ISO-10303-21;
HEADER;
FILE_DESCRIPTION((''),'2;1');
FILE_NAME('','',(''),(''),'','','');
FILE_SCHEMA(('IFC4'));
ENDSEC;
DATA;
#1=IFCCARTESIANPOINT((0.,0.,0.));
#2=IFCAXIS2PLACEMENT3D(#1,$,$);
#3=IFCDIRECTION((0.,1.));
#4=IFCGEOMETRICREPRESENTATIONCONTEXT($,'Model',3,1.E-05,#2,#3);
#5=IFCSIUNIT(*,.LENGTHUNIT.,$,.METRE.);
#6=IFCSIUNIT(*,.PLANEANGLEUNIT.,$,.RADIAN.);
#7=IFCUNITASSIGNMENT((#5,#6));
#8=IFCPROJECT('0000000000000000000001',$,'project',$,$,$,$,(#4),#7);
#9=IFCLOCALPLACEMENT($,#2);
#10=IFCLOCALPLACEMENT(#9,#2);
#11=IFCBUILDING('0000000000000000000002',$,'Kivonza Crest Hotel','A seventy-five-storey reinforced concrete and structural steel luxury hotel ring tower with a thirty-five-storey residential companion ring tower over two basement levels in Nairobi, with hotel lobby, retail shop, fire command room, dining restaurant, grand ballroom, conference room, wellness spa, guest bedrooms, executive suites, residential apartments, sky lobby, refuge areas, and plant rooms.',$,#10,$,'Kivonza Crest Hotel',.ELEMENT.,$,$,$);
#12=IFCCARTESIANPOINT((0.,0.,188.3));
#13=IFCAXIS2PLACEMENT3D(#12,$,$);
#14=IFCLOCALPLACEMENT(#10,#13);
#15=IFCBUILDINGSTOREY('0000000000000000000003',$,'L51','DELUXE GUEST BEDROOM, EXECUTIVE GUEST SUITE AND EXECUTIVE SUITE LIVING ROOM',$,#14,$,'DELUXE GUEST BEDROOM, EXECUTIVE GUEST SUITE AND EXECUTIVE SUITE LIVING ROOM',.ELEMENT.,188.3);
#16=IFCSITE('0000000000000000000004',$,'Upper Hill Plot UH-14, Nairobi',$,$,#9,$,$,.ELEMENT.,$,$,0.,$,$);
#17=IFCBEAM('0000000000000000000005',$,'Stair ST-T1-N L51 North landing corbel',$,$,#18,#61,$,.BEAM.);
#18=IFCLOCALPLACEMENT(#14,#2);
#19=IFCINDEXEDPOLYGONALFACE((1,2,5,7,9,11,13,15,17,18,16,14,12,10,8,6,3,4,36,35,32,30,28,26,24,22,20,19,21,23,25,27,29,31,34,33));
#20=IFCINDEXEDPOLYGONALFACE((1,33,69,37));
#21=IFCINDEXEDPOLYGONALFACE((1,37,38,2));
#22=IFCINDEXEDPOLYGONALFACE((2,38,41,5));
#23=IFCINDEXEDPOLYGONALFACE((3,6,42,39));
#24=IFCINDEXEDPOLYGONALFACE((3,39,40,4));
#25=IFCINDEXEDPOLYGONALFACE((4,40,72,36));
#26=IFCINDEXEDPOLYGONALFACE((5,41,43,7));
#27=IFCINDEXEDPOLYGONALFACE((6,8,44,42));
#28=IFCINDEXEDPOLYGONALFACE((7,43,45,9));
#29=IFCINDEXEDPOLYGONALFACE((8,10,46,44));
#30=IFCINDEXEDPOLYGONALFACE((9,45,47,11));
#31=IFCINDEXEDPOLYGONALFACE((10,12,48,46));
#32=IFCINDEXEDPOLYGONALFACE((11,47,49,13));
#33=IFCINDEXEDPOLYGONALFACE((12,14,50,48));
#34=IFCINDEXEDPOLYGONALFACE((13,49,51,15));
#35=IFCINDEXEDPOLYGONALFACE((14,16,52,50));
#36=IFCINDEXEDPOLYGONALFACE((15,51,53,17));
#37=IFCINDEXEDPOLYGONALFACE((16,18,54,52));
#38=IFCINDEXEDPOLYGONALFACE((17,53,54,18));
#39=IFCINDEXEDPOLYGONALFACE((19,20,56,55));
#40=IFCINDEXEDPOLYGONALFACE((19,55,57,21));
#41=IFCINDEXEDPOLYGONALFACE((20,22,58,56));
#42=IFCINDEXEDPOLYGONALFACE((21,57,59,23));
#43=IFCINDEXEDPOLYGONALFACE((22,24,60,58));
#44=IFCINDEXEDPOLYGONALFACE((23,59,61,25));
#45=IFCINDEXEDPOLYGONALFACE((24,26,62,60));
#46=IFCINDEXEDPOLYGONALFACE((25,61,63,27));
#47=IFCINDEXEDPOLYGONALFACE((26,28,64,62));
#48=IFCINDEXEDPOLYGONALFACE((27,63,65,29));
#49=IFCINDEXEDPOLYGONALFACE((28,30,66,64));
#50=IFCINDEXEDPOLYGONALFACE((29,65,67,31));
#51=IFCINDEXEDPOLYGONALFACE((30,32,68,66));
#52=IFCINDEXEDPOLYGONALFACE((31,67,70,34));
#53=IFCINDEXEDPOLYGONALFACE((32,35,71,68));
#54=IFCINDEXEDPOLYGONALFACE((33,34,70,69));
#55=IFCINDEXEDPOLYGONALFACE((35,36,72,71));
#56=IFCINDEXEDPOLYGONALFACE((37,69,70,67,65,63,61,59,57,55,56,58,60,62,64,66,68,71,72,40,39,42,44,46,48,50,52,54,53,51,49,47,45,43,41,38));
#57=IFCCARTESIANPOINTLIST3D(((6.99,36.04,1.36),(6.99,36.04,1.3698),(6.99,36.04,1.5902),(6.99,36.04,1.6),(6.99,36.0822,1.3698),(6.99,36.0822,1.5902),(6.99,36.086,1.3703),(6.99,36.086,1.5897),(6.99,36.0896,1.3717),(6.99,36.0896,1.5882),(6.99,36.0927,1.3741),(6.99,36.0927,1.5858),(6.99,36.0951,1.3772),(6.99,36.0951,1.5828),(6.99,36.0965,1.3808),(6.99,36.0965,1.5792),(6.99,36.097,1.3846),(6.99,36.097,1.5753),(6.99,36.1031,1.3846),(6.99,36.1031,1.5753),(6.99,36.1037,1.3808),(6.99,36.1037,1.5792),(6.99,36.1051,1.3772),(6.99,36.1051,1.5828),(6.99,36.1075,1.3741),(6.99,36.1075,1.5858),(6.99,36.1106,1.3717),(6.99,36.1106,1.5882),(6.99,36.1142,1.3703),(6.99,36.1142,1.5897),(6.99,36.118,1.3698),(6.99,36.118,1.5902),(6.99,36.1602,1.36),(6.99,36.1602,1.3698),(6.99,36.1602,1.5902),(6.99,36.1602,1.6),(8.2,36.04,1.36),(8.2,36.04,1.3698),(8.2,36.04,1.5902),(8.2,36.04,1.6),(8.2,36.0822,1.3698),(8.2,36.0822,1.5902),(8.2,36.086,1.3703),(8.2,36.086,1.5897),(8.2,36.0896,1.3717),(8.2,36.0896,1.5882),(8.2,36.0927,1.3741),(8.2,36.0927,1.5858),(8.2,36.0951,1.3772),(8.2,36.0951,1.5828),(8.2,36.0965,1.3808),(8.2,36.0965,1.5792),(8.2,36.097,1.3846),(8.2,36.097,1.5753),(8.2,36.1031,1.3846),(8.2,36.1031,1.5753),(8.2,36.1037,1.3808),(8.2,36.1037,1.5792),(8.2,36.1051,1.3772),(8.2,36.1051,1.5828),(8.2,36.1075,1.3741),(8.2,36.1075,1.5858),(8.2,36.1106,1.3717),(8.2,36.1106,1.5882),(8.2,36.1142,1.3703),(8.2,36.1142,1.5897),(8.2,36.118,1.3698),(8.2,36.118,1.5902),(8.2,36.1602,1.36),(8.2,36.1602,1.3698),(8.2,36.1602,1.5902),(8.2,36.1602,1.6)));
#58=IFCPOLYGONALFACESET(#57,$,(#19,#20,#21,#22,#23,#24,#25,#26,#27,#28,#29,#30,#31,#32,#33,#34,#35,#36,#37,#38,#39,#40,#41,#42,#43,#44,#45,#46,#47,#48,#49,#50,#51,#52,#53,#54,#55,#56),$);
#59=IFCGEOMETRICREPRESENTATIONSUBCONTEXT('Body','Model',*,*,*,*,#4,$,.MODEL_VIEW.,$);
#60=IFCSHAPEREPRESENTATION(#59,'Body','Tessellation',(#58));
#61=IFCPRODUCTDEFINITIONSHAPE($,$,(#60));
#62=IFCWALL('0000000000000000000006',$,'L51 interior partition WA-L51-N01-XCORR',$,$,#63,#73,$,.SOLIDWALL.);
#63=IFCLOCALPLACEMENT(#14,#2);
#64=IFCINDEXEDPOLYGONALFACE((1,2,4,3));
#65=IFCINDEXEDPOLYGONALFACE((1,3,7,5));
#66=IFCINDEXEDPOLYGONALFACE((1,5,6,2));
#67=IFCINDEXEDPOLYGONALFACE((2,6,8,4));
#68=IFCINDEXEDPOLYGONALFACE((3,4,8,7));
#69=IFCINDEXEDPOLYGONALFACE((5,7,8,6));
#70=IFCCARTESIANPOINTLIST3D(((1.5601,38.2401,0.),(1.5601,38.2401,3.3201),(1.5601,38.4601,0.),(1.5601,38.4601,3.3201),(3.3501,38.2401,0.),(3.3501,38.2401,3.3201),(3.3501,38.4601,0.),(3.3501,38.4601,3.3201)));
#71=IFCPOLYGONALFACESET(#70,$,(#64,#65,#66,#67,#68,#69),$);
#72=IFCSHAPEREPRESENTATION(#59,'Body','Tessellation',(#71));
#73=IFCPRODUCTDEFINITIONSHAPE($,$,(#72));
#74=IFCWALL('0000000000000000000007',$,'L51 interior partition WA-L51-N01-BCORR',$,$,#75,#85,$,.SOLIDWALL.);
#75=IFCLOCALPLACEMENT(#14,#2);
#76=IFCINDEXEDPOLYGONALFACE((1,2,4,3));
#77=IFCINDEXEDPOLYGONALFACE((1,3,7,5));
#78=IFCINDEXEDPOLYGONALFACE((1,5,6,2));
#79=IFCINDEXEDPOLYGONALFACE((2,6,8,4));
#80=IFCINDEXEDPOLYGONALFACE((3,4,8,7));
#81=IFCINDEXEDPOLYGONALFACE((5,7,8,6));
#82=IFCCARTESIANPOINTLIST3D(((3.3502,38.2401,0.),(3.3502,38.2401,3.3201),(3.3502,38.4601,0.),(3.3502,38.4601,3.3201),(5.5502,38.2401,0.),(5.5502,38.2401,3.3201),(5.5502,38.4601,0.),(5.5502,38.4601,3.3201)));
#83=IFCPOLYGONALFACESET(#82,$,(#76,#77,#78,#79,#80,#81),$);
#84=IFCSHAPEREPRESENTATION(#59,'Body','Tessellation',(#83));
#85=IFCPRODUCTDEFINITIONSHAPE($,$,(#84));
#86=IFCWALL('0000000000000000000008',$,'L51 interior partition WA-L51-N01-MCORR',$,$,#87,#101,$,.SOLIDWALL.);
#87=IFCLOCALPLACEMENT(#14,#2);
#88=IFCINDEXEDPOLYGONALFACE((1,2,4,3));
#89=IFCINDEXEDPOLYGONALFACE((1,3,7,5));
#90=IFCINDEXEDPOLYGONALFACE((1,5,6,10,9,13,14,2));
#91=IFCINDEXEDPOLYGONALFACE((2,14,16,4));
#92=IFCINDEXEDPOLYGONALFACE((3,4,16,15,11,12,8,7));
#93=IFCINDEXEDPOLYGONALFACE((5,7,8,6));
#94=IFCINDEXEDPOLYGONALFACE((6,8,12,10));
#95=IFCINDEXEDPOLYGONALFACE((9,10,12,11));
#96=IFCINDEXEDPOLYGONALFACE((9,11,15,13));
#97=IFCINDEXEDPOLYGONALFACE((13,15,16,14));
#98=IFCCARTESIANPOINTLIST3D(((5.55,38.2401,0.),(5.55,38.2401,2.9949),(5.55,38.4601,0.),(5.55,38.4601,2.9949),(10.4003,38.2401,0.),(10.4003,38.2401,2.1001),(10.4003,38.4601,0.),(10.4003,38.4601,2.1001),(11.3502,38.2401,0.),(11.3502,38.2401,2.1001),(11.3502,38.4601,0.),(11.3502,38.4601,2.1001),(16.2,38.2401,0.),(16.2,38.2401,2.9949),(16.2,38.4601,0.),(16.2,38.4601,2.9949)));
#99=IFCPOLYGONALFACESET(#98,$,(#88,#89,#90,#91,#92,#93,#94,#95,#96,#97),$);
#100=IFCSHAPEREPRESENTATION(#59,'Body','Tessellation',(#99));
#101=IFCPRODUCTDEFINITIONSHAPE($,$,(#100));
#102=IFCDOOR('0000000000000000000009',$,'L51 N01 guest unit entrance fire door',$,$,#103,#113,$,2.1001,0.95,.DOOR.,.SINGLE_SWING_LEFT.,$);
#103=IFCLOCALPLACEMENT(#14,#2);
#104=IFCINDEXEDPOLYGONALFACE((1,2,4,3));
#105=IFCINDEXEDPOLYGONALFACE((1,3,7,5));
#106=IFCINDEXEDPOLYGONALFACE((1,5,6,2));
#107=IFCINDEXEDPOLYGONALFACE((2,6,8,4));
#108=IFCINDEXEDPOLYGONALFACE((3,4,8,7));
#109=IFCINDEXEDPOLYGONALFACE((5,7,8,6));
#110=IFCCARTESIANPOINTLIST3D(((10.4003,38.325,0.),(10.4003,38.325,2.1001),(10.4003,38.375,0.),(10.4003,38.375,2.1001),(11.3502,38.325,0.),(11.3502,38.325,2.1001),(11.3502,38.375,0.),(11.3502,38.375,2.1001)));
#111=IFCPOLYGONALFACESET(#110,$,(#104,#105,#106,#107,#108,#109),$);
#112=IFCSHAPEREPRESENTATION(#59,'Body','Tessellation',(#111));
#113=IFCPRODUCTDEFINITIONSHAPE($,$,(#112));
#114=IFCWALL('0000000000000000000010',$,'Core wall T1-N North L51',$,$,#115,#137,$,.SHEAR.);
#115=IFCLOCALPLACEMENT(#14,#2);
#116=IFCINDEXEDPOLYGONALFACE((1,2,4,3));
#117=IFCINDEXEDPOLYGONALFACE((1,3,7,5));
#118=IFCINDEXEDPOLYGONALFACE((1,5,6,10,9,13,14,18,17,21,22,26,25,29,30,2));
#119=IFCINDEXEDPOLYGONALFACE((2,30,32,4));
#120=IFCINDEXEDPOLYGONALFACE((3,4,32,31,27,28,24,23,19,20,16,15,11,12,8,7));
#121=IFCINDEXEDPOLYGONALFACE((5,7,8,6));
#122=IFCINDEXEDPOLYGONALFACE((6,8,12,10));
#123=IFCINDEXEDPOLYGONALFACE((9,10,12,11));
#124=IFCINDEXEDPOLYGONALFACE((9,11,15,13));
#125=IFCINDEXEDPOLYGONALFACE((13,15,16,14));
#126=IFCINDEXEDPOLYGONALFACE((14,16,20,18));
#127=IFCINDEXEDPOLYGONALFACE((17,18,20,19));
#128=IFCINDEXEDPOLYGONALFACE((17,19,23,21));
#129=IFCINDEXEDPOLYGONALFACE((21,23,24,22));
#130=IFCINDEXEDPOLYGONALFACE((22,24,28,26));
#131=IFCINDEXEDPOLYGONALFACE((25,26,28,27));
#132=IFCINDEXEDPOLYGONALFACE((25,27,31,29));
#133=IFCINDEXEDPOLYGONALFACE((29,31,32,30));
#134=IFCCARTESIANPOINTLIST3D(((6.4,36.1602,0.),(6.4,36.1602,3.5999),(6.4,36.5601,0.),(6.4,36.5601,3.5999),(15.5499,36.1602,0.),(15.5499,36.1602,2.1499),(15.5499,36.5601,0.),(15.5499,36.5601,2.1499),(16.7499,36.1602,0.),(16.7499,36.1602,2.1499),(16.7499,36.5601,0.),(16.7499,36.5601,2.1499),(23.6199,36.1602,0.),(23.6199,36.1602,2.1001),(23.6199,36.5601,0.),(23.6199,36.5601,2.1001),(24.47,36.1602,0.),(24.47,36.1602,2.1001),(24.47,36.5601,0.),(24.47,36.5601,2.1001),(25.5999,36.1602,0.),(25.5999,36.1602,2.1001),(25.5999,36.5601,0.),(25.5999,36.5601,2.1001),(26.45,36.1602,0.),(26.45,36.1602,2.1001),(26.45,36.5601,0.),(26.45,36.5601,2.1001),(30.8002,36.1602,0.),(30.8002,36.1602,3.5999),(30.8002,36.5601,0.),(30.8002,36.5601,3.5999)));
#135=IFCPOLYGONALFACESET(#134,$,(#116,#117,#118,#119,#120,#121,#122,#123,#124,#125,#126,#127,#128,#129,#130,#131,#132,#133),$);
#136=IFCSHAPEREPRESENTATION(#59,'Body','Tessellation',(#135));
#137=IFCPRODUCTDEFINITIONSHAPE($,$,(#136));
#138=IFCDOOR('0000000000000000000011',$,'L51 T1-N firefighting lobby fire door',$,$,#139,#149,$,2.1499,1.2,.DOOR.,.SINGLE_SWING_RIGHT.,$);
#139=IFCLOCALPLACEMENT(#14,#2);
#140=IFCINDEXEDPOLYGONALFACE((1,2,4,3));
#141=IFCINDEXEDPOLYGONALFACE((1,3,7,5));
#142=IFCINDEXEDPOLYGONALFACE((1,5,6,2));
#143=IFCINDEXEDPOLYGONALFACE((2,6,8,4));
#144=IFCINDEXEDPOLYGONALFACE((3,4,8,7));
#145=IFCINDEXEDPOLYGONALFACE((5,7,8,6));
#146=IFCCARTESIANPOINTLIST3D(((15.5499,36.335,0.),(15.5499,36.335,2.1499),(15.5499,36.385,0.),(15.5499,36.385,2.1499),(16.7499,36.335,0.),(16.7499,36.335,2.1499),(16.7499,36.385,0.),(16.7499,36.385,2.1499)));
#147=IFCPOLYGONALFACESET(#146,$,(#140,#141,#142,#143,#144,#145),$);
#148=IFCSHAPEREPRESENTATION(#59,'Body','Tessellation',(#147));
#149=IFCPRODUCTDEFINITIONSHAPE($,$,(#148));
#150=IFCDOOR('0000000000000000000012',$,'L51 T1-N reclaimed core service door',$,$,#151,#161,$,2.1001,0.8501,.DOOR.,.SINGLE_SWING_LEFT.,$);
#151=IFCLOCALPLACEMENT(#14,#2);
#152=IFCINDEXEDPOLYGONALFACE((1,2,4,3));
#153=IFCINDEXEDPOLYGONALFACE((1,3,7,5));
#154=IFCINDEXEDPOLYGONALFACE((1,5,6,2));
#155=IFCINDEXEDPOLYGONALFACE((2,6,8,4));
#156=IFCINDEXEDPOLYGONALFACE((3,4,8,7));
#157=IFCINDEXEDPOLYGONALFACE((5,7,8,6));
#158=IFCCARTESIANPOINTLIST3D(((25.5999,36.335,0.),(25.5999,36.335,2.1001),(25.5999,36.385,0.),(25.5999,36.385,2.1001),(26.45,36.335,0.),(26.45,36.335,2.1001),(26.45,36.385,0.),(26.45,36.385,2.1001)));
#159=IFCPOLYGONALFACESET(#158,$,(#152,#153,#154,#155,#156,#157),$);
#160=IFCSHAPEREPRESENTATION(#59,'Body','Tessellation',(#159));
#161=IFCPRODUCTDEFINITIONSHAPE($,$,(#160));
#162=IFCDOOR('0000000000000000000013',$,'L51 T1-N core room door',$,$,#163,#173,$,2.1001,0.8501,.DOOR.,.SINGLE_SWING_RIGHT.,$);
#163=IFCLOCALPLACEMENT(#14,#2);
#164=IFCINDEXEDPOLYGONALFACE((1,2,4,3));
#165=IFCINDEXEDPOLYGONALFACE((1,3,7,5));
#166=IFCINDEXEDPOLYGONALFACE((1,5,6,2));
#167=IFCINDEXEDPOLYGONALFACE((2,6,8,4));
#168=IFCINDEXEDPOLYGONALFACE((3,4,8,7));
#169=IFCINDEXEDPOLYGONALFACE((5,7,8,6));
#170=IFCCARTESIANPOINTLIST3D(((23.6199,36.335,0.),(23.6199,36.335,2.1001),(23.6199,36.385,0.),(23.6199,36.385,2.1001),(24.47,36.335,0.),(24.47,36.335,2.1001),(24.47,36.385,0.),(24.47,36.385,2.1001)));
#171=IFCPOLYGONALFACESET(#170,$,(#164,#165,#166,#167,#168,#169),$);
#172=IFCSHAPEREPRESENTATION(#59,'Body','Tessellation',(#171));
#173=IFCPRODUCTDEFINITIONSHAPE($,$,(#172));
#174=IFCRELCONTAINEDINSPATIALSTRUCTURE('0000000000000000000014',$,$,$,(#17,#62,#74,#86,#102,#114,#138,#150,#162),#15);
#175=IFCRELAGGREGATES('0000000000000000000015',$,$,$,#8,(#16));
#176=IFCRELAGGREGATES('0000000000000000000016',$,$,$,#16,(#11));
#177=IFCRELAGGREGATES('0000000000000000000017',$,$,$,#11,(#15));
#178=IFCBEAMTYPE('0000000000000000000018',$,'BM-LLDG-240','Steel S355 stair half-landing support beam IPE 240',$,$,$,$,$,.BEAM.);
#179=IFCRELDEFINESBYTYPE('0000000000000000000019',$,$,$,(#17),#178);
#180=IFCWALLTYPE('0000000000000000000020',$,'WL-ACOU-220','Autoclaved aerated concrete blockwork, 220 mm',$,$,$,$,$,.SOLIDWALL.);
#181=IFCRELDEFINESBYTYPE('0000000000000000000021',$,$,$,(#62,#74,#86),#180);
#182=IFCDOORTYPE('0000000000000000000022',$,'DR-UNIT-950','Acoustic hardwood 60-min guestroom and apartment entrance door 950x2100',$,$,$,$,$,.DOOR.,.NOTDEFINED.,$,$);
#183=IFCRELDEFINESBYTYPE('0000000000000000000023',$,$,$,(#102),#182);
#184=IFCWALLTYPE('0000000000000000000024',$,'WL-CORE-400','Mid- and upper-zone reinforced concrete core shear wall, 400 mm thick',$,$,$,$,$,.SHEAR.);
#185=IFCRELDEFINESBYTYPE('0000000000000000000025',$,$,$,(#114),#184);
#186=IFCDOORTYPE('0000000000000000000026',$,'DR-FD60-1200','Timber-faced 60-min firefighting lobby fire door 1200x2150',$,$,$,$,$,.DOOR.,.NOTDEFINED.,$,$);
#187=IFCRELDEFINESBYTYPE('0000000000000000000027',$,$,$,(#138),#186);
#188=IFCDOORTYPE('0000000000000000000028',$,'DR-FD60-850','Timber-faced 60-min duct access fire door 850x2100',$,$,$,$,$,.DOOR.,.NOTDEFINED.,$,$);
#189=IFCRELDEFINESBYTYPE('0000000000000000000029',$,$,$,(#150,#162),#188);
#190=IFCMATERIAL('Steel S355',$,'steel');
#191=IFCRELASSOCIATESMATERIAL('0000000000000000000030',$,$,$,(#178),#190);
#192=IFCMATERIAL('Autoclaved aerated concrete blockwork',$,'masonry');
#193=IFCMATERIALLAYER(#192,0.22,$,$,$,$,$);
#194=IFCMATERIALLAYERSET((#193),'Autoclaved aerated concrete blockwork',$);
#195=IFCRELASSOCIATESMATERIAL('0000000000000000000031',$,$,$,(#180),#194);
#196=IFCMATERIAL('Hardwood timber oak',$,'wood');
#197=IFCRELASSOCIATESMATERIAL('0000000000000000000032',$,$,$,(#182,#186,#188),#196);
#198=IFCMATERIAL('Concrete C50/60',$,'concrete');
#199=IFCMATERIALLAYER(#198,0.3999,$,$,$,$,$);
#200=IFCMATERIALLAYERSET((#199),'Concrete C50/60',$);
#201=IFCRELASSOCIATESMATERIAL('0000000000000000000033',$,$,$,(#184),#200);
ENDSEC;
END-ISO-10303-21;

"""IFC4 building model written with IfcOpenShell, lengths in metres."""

from ifc_helpers import new_model, si_unit, direction, frame, frame_2d, origin, origin_2d, place, context, subcontext, project, spatial, rectangle, i_section, extrude, material, layer, layer_set, material_profile, profile_set, type_object, element, fill, save


model = new_model("IFC4")

# Units and contexts
model_context = context("Model", 3, precision=1e-05, world=origin(), true_north=direction((0.0, 1.0)))
body_context = subcontext(model_context, "Body", "Model", "MODEL_VIEW")
ifc_project = project(units=[si_unit("LENGTHUNIT", "METRE"), si_unit("PLANEANGLEUNIT", "RADIAN")], contexts=[model_context])

# Site, building, storey
site_placement = place(None, origin())
site = spatial("IfcSite", under=ifc_project, at=site_placement, Name="Upper Hill Plot UH-14, Nairobi", CompositionType="ELEMENT", RefElevation=0.0)
building_placement = place(site_placement, origin())
building = spatial("IfcBuilding", under=site, at=building_placement, Name="Kivonza Crest Hotel", Description="A seventy-five-storey reinforced concrete and structural steel luxury hotel ring tower with a thirty-five-storey residential companion ring tower over two basement levels in Nairobi, with hotel lobby, retail shop, fire command room, dining restaurant, grand ballroom, conference room, wellness spa, guest bedrooms, executive suites, residential apartments, sky lobby, refuge areas, and plant rooms.", LongName="Kivonza Crest Hotel", CompositionType="ELEMENT")
storey_placement = place(building_placement, frame((0.0, 0.0, 188.3)))
storey = spatial("IfcBuildingStorey", under=building, at=storey_placement, Name="L51", Description="DELUXE GUEST BEDROOM, EXECUTIVE GUEST SUITE AND EXECUTIVE SUITE LIVING ROOM", LongName="DELUXE GUEST BEDROOM, EXECUTIVE GUEST SUITE AND EXECUTIVE SUITE LIVING ROOM", CompositionType="ELEMENT", Elevation=188.3)

# Beam
ifc_material_1 = material(Name="Steel S355", Category="steel")
ifc_material_profile = material_profile(ifc_material_1, i_section(OverallWidth=0.1201, OverallDepth=0.24, WebThickness=0.0061, FlangeThickness=0.0098, FilletRadius=0.0149, at=origin_2d()), Name="IPE 240")
ifc_profile_set = profile_set([ifc_material_profile], Name="Steel S355")
beam_type = type_object("IfcBeamType", Name="BM-LLDG-240", Description="Steel S355 stair half-landing support beam IPE 240", PredefinedType="BEAM", material=ifc_profile_set)
beam_placement = place(storey_placement, frame((6.99, 36.1001, 1.48), z_axis=(1.0, 0.0, 0.0), x_axis=(0.0, 1.0, 0.0)))
element("IfcBeam", 1, at=beam_placement, inside=storey, type_object=beam_type, Name="Stair ST-T1-N L51 North landing corbel", PredefinedType="BEAM", context=body_context, shape_type="SweptSolid", body=[
    extrude(i_section(OverallWidth=0.1201, OverallDepth=0.24, WebThickness=0.0061, FlangeThickness=0.0098, FilletRadius=0.0149, at=origin_2d()), origin(), (0.0, 0.0, 1.0), 1.21),
])

# Walls
ifc_material_2 = material(Name="Autoclaved aerated concrete blockwork", Category="masonry")
ifc_layer_1 = layer(ifc_material_2, 0.22)
ifc_layer_set_1 = layer_set([ifc_layer_1], Name="Autoclaved aerated concrete blockwork")
wall_type_1 = type_object("IfcWallType", Name="WL-ACOU-220", Description="Autoclaved aerated concrete blockwork, 220 mm", PredefinedType="SOLIDWALL", material=ifc_layer_set_1)
wall_1_placement = place(storey_placement, frame((1.5601, 38.3501, 0.0), z_axis=(0.0, 0.0, 1.0), x_axis=(1.0, 0.0, 0.0)))
element("IfcWall", 2, at=wall_1_placement, inside=storey, type_object=wall_type_1, Name="L51 interior partition WA-L51-N01-XCORR", PredefinedType="SOLIDWALL", context=body_context, shape_type="SweptSolid", body=[
    extrude(rectangle(XDim=1.79, YDim=0.22, at=frame_2d((0.895, 0.0))), origin(), (0.0, 0.0, 1.0), 3.3201),
])
wall_2_placement = place(storey_placement, frame((3.3501, 38.3501, 0.0), z_axis=(0.0, 0.0, 1.0), x_axis=(1.0, 0.0, 0.0)))
element("IfcWall", 3, at=wall_2_placement, inside=storey, type_object=wall_type_1, Name="L51 interior partition WA-L51-N01-BCORR", PredefinedType="SOLIDWALL", context=body_context, shape_type="SweptSolid", body=[
    extrude(rectangle(XDim=2.2, YDim=0.22, at=frame_2d((1.1001, 0.0))), origin(), (0.0, 0.0, 1.0), 3.3201),
])

# Wall, opening, door
wall_3_placement = place(storey_placement, frame((5.55, 38.3501, 0.0), z_axis=(0.0, 0.0, 1.0), x_axis=(1.0, 0.0, 0.0)))
wall_3 = element("IfcWall", 4, at=wall_3_placement, inside=storey, type_object=wall_type_1, Name="L51 interior partition WA-L51-N01-MCORR", PredefinedType="SOLIDWALL", context=body_context, shape_type="SweptSolid", body=[
    extrude(rectangle(XDim=10.6499, YDim=0.22, at=frame_2d((5.325, 0.0))), origin(), (0.0, 0.0, 1.0), 2.9949),
])
opening_1_placement = place(wall_3_placement, frame((4.8501, 0.0, 0.0)))
opening_1 = element("IfcOpeningElement", 5, at=opening_1_placement, cuts=wall_3, PredefinedType="OPENING", context=body_context, shape_type="SweptSolid", body=[
    extrude(rectangle(XDim=0.95, YDim=2.1001, at=frame_2d((0.4751, 1.05))), frame((0.0, 0.1201, 0.0), z_axis=(0.0, -1.0, 0.0), x_axis=(1.0, 0.0, 0.0)), (0.0, 0.0, 1.0), 0.24),
])
ifc_material_3 = material(Name="Hardwood timber oak", Category="wood")
door_type_1 = type_object("IfcDoorType", Name="DR-UNIT-950", Description="Acoustic hardwood 60-min guestroom and apartment entrance door 950x2100", OperationType="NOTDEFINED", PredefinedType="DOOR", material=ifc_material_3)
door_1_placement = place(opening_1_placement, origin())
door_1 = element("IfcDoor", 6, at=door_1_placement, inside=storey, type_object=door_type_1, Name="L51 N01 guest unit entrance fire door", OperationType="SINGLE_SWING_LEFT", OverallHeight=2.1001, OverallWidth=0.95, PredefinedType="DOOR", context=body_context, shape_type="SweptSolid", body=[
    extrude(rectangle(XDim=0.95, YDim=2.1001, at=frame_2d((0.4751, 1.05))), frame((0.0, 0.0249, 0.0), z_axis=(0.0, -1.0, 0.0), x_axis=(1.0, 0.0, 0.0)), (0.0, 0.0, 1.0), 0.05),
])
fill(opening_1, door_1)

# Wall, openings, doors
ifc_material_4 = material(Name="Concrete C50/60", Category="concrete")
ifc_layer_2 = layer(ifc_material_4, 0.3999)
ifc_layer_set_2 = layer_set([ifc_layer_2], Name="Concrete C50/60")
wall_type_2 = type_object("IfcWallType", Name="WL-CORE-400", Description="Mid- and upper-zone reinforced concrete core shear wall, 400 mm thick", PredefinedType="SHEAR", material=ifc_layer_set_2)
wall_4_placement = place(storey_placement, frame((6.3999, 36.3601, 0.0), z_axis=(0.0, 0.0, 1.0), x_axis=(1.0, 0.0, 0.0)))
wall_4 = element("IfcWall", 7, at=wall_4_placement, inside=storey, type_object=wall_type_2, Name="Core wall T1-N North L51", PredefinedType="SHEAR", context=body_context, shape_type="SweptSolid", body=[
    extrude(rectangle(XDim=24.4001, YDim=0.3999, at=frame_2d((12.2002, 0.0))), origin(), (0.0, 0.0, 1.0), 3.5999),
])
opening_2_placement = place(wall_4_placement, frame((9.1499, 0.0, 0.0)))
opening_2 = element("IfcOpeningElement", 8, at=opening_2_placement, cuts=wall_4, PredefinedType="OPENING", context=body_context, shape_type="SweptSolid", body=[
    extrude(rectangle(XDim=1.2, YDim=2.1499, at=frame_2d((0.6001, 1.075))), frame((0.0, 0.21, 0.0), z_axis=(0.0, -1.0, 0.0), x_axis=(1.0, 0.0, 0.0)), (0.0, 0.0, 1.0), 0.4199),
])
opening_3_placement = place(wall_4_placement, frame((19.2, 0.0, 0.0)))
opening_3 = element("IfcOpeningElement", 9, at=opening_3_placement, cuts=wall_4, PredefinedType="OPENING", context=body_context, shape_type="SweptSolid", body=[
    extrude(rectangle(XDim=0.8501, YDim=2.1001, at=frame_2d((0.425, 1.05))), frame((0.0, 0.21, 0.0), z_axis=(0.0, -1.0, 0.0), x_axis=(1.0, 0.0, 0.0)), (0.0, 0.0, 1.0), 0.4199),
])
opening_4_placement = place(wall_4_placement, frame((17.22, 0.0, 0.0)))
opening_4 = element("IfcOpeningElement", 10, at=opening_4_placement, cuts=wall_4, PredefinedType="OPENING", context=body_context, shape_type="SweptSolid", body=[
    extrude(rectangle(XDim=0.8501, YDim=2.1001, at=frame_2d((0.425, 1.05))), frame((0.0, 0.21, 0.0), z_axis=(0.0, -1.0, 0.0), x_axis=(1.0, 0.0, 0.0)), (0.0, 0.0, 1.0), 0.4199),
])
door_type_2 = type_object("IfcDoorType", Name="DR-FD60-1200", Description="Timber-faced 60-min firefighting lobby fire door 1200x2150", OperationType="NOTDEFINED", PredefinedType="DOOR", material=ifc_material_3)
door_2_placement = place(opening_2_placement, origin())
door_2 = element("IfcDoor", 11, at=door_2_placement, inside=storey, type_object=door_type_2, Name="L51 T1-N firefighting lobby fire door", OperationType="SINGLE_SWING_RIGHT", OverallHeight=2.1499, OverallWidth=1.2, PredefinedType="DOOR", context=body_context, shape_type="SweptSolid", body=[
    extrude(rectangle(XDim=1.2, YDim=2.1499, at=frame_2d((0.6001, 1.075))), frame((0.0, 0.0249, 0.0), z_axis=(0.0, -1.0, 0.0), x_axis=(1.0, 0.0, 0.0)), (0.0, 0.0, 1.0), 0.05),
])
fill(opening_2, door_2)
door_type_3 = type_object("IfcDoorType", Name="DR-FD60-850", Description="Timber-faced 60-min duct access fire door 850x2100", OperationType="NOTDEFINED", PredefinedType="DOOR", material=ifc_material_3)
door_3_placement = place(opening_3_placement, origin())
door_3 = element("IfcDoor", 12, at=door_3_placement, inside=storey, type_object=door_type_3, Name="L51 T1-N reclaimed core service door", OperationType="SINGLE_SWING_LEFT", OverallHeight=2.1001, OverallWidth=0.8501, PredefinedType="DOOR", context=body_context, shape_type="SweptSolid", body=[
    extrude(rectangle(XDim=0.8501, YDim=2.1001, at=frame_2d((0.425, 1.05))), frame((0.0, 0.0249, 0.0), z_axis=(0.0, -1.0, 0.0), x_axis=(1.0, 0.0, 0.0)), (0.0, 0.0, 1.0), 0.05),
])
fill(opening_3, door_3)
door_4_placement = place(opening_4_placement, origin())
door_4 = element("IfcDoor", 13, at=door_4_placement, inside=storey, type_object=door_type_3, Name="L51 T1-N core room door", OperationType="SINGLE_SWING_RIGHT", OverallHeight=2.1001, OverallWidth=0.8501, PredefinedType="DOOR", context=body_context, shape_type="SweptSolid", body=[
    extrude(rectangle(XDim=0.8501, YDim=2.1001, at=frame_2d((0.425, 1.05))), frame((0.0, 0.0249, 0.0), z_axis=(0.0, -1.0, 0.0), x_axis=(1.0, 0.0, 0.0)), (0.0, 0.0, 1.0), 0.05),
])
fill(opening_4, door_4)

save(model, "model.ifc")
